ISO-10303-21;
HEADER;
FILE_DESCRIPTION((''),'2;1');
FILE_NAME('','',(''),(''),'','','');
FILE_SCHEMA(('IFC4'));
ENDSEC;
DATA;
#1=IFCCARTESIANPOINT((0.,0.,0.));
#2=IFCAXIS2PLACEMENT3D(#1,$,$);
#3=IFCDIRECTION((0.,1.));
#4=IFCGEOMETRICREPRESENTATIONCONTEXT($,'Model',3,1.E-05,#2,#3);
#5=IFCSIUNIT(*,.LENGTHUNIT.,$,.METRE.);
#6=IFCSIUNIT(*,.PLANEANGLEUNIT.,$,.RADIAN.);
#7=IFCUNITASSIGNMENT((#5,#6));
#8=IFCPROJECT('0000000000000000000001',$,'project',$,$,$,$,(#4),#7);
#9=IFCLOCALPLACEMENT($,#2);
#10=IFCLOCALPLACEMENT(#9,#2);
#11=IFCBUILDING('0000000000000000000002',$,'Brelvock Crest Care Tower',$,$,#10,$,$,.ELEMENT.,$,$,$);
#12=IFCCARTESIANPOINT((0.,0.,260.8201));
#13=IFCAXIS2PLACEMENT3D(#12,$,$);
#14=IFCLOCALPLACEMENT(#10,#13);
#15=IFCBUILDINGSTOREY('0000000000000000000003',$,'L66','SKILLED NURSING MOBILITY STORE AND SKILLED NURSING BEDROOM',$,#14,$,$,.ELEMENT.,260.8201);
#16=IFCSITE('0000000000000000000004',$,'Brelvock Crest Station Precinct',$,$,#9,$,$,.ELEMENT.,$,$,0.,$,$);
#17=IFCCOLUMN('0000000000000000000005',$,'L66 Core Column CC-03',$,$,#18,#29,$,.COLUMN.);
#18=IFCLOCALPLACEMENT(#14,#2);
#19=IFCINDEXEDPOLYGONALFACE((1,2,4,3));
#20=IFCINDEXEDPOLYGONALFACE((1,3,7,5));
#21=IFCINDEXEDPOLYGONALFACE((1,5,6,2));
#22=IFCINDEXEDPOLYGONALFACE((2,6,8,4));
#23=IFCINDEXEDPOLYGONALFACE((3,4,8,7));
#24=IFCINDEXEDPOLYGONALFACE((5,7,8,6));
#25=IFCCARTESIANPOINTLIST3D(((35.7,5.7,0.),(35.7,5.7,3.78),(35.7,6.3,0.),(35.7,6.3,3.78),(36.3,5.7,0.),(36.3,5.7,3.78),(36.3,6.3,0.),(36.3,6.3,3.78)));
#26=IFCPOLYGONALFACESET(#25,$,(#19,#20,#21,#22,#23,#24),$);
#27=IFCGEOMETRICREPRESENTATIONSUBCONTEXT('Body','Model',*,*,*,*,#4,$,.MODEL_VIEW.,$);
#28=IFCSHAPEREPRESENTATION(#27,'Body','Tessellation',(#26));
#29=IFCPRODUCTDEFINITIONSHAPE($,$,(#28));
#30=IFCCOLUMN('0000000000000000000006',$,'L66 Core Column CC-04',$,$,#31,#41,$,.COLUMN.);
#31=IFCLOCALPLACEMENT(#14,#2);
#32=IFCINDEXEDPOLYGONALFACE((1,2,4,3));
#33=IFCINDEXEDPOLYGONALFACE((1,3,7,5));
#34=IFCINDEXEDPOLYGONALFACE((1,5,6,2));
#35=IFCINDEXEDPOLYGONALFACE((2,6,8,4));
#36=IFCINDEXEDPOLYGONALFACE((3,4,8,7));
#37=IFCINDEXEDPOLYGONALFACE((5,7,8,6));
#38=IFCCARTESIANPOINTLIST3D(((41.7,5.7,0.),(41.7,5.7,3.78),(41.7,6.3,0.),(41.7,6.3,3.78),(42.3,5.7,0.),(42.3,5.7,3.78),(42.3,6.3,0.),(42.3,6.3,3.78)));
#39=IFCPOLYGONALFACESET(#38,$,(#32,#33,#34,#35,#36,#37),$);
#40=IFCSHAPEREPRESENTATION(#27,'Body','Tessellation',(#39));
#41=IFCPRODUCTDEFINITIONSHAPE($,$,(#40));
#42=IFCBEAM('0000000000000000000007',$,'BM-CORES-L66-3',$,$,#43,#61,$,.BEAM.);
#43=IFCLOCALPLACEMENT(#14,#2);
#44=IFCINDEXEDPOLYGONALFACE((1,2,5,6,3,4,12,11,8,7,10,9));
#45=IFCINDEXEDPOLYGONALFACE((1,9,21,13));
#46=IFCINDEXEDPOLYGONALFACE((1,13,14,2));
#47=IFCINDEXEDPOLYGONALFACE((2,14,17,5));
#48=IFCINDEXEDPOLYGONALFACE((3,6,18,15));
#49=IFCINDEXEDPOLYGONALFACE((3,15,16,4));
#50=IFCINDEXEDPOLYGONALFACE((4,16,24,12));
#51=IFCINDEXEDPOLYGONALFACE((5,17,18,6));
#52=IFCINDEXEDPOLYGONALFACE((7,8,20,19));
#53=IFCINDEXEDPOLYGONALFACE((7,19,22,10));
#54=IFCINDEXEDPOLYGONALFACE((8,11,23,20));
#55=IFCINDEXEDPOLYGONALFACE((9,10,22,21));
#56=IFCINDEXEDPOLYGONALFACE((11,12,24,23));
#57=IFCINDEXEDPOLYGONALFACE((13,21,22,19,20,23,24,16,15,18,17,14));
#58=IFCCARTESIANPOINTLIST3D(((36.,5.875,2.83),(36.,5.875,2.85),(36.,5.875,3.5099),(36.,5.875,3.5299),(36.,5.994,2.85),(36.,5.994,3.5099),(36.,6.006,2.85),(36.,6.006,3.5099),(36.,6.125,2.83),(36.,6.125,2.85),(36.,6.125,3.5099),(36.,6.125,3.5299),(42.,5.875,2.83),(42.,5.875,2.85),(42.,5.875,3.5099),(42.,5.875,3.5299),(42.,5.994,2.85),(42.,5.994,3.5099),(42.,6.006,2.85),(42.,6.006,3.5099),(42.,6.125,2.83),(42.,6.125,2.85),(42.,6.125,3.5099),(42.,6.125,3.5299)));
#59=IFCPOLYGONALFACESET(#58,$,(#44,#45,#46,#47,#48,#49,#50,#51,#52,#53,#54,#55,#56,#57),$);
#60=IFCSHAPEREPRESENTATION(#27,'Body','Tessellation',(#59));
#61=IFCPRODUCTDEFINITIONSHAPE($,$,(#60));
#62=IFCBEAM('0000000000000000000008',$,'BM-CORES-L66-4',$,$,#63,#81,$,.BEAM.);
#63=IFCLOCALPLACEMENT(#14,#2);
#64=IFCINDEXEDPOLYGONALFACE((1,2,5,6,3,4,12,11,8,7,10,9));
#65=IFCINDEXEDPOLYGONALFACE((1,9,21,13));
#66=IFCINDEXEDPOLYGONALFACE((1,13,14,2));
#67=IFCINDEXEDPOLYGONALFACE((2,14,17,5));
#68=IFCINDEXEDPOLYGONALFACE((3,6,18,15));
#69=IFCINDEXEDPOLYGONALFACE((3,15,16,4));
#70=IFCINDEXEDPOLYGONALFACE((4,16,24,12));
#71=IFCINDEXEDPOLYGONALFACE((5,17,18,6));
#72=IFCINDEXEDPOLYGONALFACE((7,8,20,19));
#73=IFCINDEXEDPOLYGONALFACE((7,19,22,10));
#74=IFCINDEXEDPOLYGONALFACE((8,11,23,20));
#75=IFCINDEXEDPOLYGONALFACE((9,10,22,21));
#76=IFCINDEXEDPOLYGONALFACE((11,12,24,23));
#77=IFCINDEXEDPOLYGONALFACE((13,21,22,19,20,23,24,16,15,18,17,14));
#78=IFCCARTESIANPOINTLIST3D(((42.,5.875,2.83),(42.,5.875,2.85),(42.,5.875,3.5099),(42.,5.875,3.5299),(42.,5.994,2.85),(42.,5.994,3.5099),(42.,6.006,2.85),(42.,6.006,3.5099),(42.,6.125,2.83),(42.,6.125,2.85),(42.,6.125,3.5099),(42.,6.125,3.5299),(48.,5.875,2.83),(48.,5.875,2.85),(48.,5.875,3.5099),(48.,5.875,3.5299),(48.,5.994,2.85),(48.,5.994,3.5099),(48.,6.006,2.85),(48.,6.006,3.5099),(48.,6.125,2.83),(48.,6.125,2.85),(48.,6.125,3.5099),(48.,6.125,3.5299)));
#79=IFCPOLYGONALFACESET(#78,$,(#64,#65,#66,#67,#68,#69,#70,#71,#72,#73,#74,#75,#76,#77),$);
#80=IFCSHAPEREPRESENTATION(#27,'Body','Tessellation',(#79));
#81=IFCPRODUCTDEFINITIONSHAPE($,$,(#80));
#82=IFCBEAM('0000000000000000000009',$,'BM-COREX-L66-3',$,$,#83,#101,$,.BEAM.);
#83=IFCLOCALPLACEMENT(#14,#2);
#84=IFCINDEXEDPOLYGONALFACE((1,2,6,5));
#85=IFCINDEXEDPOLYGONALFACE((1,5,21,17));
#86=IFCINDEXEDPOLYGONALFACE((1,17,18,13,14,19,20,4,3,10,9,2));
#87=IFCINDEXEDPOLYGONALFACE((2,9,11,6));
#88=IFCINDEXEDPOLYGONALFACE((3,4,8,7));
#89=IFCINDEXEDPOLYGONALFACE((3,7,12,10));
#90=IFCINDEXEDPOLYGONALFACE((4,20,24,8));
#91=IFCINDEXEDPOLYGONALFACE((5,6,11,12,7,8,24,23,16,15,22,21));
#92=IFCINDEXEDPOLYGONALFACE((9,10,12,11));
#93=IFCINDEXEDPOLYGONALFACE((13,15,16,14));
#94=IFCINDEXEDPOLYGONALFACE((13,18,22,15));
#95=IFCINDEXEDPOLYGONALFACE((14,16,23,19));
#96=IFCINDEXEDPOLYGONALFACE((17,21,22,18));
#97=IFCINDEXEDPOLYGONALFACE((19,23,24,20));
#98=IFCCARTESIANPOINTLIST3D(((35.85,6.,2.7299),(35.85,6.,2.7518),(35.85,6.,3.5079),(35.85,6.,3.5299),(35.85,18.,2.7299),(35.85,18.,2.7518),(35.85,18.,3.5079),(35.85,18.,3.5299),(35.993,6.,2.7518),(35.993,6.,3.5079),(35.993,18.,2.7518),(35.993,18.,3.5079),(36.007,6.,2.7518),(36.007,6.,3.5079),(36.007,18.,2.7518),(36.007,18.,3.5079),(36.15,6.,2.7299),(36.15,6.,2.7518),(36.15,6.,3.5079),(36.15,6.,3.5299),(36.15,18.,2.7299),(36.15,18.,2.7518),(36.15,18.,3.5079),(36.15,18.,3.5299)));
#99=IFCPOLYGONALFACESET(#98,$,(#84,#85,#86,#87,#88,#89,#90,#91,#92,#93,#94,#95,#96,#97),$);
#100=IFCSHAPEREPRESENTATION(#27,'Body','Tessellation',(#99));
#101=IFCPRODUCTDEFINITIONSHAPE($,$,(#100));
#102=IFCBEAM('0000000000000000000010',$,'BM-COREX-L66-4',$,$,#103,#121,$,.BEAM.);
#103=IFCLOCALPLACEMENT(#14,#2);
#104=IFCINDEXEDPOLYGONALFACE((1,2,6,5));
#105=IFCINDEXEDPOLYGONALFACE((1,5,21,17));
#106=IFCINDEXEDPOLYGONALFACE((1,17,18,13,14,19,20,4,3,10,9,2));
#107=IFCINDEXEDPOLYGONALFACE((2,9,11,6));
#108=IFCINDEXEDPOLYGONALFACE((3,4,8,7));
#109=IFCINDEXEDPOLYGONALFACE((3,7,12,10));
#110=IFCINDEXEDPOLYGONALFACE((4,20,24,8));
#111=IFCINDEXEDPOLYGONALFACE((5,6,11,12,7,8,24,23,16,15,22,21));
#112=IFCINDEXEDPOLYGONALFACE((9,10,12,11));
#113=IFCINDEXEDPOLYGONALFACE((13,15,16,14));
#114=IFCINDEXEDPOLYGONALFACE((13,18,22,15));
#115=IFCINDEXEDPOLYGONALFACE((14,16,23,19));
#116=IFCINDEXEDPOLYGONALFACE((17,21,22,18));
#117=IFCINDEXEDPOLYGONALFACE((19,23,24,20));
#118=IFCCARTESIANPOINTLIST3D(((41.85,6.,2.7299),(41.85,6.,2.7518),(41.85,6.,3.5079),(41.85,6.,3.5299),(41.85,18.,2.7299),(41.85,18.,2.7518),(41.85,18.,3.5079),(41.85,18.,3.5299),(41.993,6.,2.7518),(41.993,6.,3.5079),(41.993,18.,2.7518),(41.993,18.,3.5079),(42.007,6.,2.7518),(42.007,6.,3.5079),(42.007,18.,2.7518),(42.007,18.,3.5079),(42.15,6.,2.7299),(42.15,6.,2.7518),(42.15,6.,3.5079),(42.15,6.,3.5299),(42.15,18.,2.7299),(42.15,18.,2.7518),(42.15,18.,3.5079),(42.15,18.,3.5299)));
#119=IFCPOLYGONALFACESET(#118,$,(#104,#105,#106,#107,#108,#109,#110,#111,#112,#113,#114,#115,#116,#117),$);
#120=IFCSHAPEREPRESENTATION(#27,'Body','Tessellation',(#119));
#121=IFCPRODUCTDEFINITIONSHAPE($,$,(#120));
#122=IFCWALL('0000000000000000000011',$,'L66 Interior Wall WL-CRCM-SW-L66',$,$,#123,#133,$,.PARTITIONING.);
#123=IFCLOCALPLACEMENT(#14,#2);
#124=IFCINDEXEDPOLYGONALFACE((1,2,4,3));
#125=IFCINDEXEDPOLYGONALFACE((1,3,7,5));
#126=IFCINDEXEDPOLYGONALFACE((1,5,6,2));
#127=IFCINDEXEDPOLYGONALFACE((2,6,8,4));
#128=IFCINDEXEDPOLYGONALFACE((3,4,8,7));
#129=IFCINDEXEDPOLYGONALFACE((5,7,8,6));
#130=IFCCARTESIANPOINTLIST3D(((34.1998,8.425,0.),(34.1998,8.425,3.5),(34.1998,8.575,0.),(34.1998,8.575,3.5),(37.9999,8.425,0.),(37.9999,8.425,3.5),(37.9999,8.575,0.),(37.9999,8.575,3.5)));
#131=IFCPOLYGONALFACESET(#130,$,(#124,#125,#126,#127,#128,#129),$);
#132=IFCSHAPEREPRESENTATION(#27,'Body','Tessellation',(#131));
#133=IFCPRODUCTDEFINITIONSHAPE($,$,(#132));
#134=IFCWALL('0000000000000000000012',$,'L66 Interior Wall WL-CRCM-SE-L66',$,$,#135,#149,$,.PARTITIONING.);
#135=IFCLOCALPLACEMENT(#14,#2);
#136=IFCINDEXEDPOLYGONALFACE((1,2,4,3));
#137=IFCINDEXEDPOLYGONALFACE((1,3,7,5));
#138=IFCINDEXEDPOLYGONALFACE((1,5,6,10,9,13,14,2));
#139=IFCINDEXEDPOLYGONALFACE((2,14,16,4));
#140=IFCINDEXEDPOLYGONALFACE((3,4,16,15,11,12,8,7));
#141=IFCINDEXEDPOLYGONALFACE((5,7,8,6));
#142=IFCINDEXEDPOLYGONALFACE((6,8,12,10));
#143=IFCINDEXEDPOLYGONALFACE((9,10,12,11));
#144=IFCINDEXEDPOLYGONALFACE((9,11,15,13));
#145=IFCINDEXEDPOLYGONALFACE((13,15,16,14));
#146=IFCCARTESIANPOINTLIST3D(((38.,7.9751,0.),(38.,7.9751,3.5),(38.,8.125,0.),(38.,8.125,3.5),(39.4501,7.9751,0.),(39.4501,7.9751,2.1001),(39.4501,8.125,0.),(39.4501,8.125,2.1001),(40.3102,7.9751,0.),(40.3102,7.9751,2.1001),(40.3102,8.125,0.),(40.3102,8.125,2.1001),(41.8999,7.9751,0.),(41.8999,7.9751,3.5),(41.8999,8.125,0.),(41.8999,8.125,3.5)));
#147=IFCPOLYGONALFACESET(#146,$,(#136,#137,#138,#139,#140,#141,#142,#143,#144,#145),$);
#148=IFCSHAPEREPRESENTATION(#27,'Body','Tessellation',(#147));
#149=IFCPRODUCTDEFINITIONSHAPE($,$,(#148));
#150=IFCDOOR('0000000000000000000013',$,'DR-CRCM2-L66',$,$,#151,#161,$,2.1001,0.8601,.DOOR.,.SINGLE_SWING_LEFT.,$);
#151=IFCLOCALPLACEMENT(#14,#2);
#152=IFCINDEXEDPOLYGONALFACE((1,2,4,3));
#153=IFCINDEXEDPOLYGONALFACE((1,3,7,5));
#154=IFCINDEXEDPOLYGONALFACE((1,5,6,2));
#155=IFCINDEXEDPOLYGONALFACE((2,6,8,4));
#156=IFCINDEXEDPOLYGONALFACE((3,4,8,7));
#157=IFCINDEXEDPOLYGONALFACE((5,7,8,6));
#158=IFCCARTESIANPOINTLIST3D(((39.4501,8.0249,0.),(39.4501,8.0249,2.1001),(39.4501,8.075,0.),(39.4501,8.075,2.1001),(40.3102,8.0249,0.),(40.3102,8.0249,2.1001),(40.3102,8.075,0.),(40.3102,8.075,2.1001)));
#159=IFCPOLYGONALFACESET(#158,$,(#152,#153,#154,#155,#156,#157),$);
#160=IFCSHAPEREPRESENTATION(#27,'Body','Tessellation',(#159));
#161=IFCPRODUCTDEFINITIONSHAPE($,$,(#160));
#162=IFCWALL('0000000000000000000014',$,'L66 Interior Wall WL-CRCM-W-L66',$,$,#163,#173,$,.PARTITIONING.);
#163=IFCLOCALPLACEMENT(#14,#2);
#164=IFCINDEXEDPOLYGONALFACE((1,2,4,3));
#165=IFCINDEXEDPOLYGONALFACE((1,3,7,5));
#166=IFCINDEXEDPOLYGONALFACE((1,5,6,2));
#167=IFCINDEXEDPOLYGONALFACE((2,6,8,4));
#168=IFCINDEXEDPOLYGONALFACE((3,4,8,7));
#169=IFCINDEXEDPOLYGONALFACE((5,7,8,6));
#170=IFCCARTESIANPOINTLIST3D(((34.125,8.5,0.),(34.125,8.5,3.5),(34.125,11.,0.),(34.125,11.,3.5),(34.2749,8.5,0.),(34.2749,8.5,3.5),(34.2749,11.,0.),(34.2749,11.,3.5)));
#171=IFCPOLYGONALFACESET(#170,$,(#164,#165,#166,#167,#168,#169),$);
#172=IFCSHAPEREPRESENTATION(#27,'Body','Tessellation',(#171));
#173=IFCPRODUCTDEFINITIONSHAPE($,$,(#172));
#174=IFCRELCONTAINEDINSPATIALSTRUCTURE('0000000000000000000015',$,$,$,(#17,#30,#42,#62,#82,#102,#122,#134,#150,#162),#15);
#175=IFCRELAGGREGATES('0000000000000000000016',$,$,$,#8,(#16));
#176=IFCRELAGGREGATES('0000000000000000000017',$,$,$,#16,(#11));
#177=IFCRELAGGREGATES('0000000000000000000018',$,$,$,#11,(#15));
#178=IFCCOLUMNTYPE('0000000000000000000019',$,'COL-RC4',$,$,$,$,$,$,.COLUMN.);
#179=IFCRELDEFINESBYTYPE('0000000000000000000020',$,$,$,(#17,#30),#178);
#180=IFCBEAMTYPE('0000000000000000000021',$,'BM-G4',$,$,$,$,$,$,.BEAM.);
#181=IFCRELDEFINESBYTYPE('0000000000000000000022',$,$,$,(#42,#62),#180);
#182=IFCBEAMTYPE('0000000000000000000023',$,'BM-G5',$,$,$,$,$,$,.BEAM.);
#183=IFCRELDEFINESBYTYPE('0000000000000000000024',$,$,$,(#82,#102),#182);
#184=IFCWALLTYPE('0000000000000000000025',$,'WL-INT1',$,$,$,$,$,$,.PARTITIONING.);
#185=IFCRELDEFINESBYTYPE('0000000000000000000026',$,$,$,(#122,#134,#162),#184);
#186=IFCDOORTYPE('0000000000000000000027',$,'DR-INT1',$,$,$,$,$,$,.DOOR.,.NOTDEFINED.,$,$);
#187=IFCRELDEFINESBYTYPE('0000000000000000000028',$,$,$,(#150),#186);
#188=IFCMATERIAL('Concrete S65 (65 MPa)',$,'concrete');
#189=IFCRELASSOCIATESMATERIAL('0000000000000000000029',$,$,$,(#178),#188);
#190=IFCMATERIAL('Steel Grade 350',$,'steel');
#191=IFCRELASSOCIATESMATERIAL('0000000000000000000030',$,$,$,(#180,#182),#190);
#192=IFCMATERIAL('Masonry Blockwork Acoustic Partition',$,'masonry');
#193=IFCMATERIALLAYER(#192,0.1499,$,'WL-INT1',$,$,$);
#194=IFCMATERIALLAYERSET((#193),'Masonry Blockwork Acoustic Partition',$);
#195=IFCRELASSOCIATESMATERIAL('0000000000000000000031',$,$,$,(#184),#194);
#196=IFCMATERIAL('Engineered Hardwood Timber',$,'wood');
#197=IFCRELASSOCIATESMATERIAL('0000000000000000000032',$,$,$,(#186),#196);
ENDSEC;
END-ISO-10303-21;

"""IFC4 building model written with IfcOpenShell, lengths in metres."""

from ifc_helpers import new_model, si_unit, direction, frame, frame_2d, origin, origin_2d, place, context, subcontext, project, spatial, rectangle, i_section, extrude, source, transform, mapped, material, layer, layer_set, material_profile, profile_set, type_object, element, fill, save


model = new_model("IFC4")

# Units and contexts
model_context = context("Model", 3, precision=1e-05, world=origin(), true_north=direction((0.0, 1.0)))
body_context = subcontext(model_context, "Body", "Model", "MODEL_VIEW")
ifc_project = project(units=[si_unit("LENGTHUNIT", "METRE"), si_unit("PLANEANGLEUNIT", "RADIAN")], contexts=[model_context])

# Site, building, storey
site_placement = place(None, origin())
site = spatial("IfcSite", under=ifc_project, at=site_placement, Name="Brelvock Crest Station Precinct", CompositionType="ELEMENT", RefElevation=0.0)
building_placement = place(site_placement, origin())
building = spatial("IfcBuilding", under=site, at=building_placement, Name="Brelvock Crest Care Tower", CompositionType="ELEMENT")
storey_placement = place(building_placement, frame((0.0, 0.0, 260.8201)))
storey = spatial("IfcBuildingStorey", under=building, at=storey_placement, Name="L66", Description="SKILLED NURSING MOBILITY STORE AND SKILLED NURSING BEDROOM", CompositionType="ELEMENT", Elevation=260.8201)

# Columns
ifc_material_1 = material(Name="Concrete S65 (65 MPa)", Category="concrete")
ifc_material_profile_1 = material_profile(ifc_material_1, rectangle(XDim=0.6001, YDim=0.6001, at=origin_2d()), Name="RC600x600")
ifc_profile_set_1 = profile_set([ifc_material_profile_1], Name="Concrete S65 (65 MPa)")
column_type = type_object("IfcColumnType", Name="COL-RC4", PredefinedType="COLUMN", material=ifc_profile_set_1)
shared_shape_1 = source(origin(), body_context, "Body", "SweptSolid", [
    extrude(rectangle(XDim=0.6001, YDim=0.6001, at=origin_2d()), origin(), (0.0, 0.0, 1.0), 3.78),
])
for number, where, z_axis, x_axis, name in (
    (1, (36.0, 6.0, 0.0), (0.0, 0.0, 1.0), (1.0, 0.0, 0.0), "L66 Core Column CC-03"),
    (2, (42.0, 6.0, 0.0), (0.0, 0.0, 1.0), (1.0, 0.0, 0.0), "L66 Core Column CC-04"),
):
    element("IfcColumn", number, at=place(storey_placement, frame(where, z_axis=z_axis, x_axis=x_axis)), inside=storey, type_object=column_type, Name=name, PredefinedType="COLUMN", context=body_context, shape_type="MappedRepresentation", body=[
        mapped(shared_shape_1, transform((0.0, 0.0, 0.0), x_axis=(1.0, 0.0, 0.0), y_axis=(0.0, 1.0, 0.0), z_axis=(0.0, 0.0, 1.0), scale=1.0)),
    ])

# Beams
ifc_material_2 = material(Name="Steel Grade 350", Category="steel")
ifc_material_profile_2 = material_profile(ifc_material_2, i_section(OverallWidth=0.25, OverallDepth=0.7, WebThickness=0.012, FlangeThickness=0.02, at=origin_2d()), Name="700WB150")
ifc_profile_set_2 = profile_set([ifc_material_profile_2], Name="Steel Grade 350")
beam_type_1 = type_object("IfcBeamType", Name="BM-G4", PredefinedType="BEAM", material=ifc_profile_set_2)
shared_shape_2 = source(origin(), body_context, "Body", "SweptSolid", [
    extrude(i_section(OverallWidth=0.25, OverallDepth=0.7, WebThickness=0.012, FlangeThickness=0.02, at=origin_2d()), origin(), (0.0, 0.0, 1.0), 6.0),
])
for number, where, z_axis, x_axis, name in (
    (3, (36.0, 6.0, 3.1799), (1.0, 0.0, 0.0), (0.0, 1.0, 0.0), "BM-CORES-L66-3"),
    (4, (42.0, 6.0, 3.1799), (1.0, 0.0, 0.0), (0.0, 1.0, 0.0), "BM-CORES-L66-4"),
):
    element("IfcBeam", number, at=place(storey_placement, frame(where, z_axis=z_axis, x_axis=x_axis)), inside=storey, type_object=beam_type_1, Name=name, PredefinedType="BEAM", context=body_context, shape_type="MappedRepresentation", body=[
        mapped(shared_shape_2, transform((0.0, 0.0, 0.0), x_axis=(1.0, 0.0, 0.0), y_axis=(0.0, 1.0, 0.0), z_axis=(0.0, 0.0, 1.0), scale=1.0)),
    ])
ifc_material_profile_3 = material_profile(ifc_material_2, i_section(OverallWidth=0.3, OverallDepth=0.8, WebThickness=0.0139, FlangeThickness=0.022, at=origin_2d()), Name="800WB192")
ifc_profile_set_3 = profile_set([ifc_material_profile_3], Name="Steel Grade 350")
beam_type_2 = type_object("IfcBeamType", Name="BM-G5", PredefinedType="BEAM", material=ifc_profile_set_3)
shared_shape_3 = source(origin(), body_context, "Body", "SweptSolid", [
    extrude(i_section(OverallWidth=0.3, OverallDepth=0.8, WebThickness=0.0139, FlangeThickness=0.022, at=origin_2d()), origin(), (0.0, 0.0, 1.0), 12.0),
])
for number, where, z_axis, x_axis, name in (
    (5, (36.0, 6.0, 3.1299), (0.0, 1.0, 0.0), (-1.0, 0.0, 0.0), "BM-COREX-L66-3"),
    (6, (42.0, 6.0, 3.1299), (0.0, 1.0, 0.0), (-1.0, 0.0, 0.0), "BM-COREX-L66-4"),
):
    element("IfcBeam", number, at=place(storey_placement, frame(where, z_axis=z_axis, x_axis=x_axis)), inside=storey, type_object=beam_type_2, Name=name, PredefinedType="BEAM", context=body_context, shape_type="MappedRepresentation", body=[
        mapped(shared_shape_3, transform((0.0, 0.0, 0.0), x_axis=(1.0, 0.0, 0.0), y_axis=(0.0, 1.0, 0.0), z_axis=(0.0, 0.0, 1.0), scale=1.0)),
    ])

# Wall
ifc_material_3 = material(Name="Masonry Blockwork Acoustic Partition", Category="masonry")
ifc_layer_1 = layer(ifc_material_3, 0.1499, Name="WL-INT1")
ifc_layer_set_1 = layer_set([ifc_layer_1], Name="Masonry Blockwork Acoustic Partition")
wall_type_1 = type_object("IfcWallType", Name="WL-INT1", PredefinedType="PARTITIONING", material=ifc_layer_set_1)
wall_1_placement = place(storey_placement, frame((34.2, 8.5, 0.0), z_axis=(0.0, 0.0, 1.0), x_axis=(1.0, 0.0, 0.0)))
element("IfcWall", 7, at=wall_1_placement, inside=storey, type_object=wall_type_1, Name="L66 Interior Wall WL-CRCM-SW-L66", PredefinedType="PARTITIONING", context=body_context, shape_type="SweptSolid", body=[
    extrude(rectangle(XDim=3.8, YDim=0.1499, at=frame_2d((1.8999, 0.0))), origin(), (0.0, 0.0, 1.0), 3.5),
])

# Wall, opening, door
wall_2_placement = place(storey_placement, frame((38.0, 8.05, 0.0), z_axis=(0.0, 0.0, 1.0), x_axis=(1.0, 0.0, 0.0)))
wall_2 = element("IfcWall", 8, at=wall_2_placement, inside=storey, type_object=wall_type_1, Name="L66 Interior Wall WL-CRCM-SE-L66", PredefinedType="PARTITIONING", context=body_context, shape_type="SweptSolid", body=[
    extrude(rectangle(XDim=3.8999, YDim=0.1499, at=frame_2d((1.95, 0.0))), origin(), (0.0, 0.0, 1.0), 3.5),
])
opening_1_placement = place(wall_2_placement, frame((1.45, 0.0, 0.0)))
opening_1 = element("IfcOpeningElement", 9, at=opening_1_placement, cuts=wall_2, PredefinedType="OPENING", context=body_context, shape_type="SweptSolid", body=[
    extrude(rectangle(XDim=0.8601, YDim=2.1001, at=origin_2d()), frame((0.4302, 0.085, 1.05), z_axis=(0.0, -1.0, 0.0), x_axis=(1.0, 0.0, 0.0)), (0.0, 0.0, 1.0), 0.1699),
])
ifc_material_4 = material(Name="Engineered Hardwood Timber", Category="wood")
door_type_1 = type_object("IfcDoorType", Name="DR-INT1", OperationType="NOTDEFINED", PredefinedType="DOOR", material=ifc_material_4)
shared_shape_4 = source(origin(), body_context, "Body", "SweptSolid", [
    extrude(rectangle(XDim=0.8601, YDim=2.1001, at=origin_2d()), frame((0.4302, 0.0249, 1.05), z_axis=(0.0, -1.0, 0.0), x_axis=(1.0, 0.0, 0.0)), (0.0, 0.0, 1.0), 0.05),
])
door_1_placement = place(opening_1_placement, origin())
door_1 = element("IfcDoor", 10, at=door_1_placement, inside=storey, type_object=door_type_1, Name="DR-CRCM2-L66", OperationType="SINGLE_SWING_LEFT", OverallHeight=2.1001, OverallWidth=0.8601, PredefinedType="DOOR", context=body_context, shape_type="MappedRepresentation", body=[
    mapped(shared_shape_4, transform((0.0, 0.0, 0.0), x_axis=(1.0, 0.0, 0.0), y_axis=(0.0, 1.0, 0.0), z_axis=(0.0, 0.0, 1.0), scale=1.0)),
])
fill(opening_1, door_1)

# Wall
wall_3_placement = place(storey_placement, frame((34.2, 8.5, 0.0), z_axis=(0.0, 0.0, 1.0), x_axis=(0.0, 1.0, 0.0)))
element("IfcWall", 11, at=wall_3_placement, inside=storey, type_object=wall_type_1, Name="L66 Interior Wall WL-CRCM-W-L66", PredefinedType="PARTITIONING", context=body_context, shape_type="SweptSolid", body=[
    extrude(rectangle(XDim=2.5, YDim=0.1499, at=frame_2d((1.25, 0.0))), origin(), (0.0, 0.0, 1.0), 3.5),
])

save(model, "model.ifc")
